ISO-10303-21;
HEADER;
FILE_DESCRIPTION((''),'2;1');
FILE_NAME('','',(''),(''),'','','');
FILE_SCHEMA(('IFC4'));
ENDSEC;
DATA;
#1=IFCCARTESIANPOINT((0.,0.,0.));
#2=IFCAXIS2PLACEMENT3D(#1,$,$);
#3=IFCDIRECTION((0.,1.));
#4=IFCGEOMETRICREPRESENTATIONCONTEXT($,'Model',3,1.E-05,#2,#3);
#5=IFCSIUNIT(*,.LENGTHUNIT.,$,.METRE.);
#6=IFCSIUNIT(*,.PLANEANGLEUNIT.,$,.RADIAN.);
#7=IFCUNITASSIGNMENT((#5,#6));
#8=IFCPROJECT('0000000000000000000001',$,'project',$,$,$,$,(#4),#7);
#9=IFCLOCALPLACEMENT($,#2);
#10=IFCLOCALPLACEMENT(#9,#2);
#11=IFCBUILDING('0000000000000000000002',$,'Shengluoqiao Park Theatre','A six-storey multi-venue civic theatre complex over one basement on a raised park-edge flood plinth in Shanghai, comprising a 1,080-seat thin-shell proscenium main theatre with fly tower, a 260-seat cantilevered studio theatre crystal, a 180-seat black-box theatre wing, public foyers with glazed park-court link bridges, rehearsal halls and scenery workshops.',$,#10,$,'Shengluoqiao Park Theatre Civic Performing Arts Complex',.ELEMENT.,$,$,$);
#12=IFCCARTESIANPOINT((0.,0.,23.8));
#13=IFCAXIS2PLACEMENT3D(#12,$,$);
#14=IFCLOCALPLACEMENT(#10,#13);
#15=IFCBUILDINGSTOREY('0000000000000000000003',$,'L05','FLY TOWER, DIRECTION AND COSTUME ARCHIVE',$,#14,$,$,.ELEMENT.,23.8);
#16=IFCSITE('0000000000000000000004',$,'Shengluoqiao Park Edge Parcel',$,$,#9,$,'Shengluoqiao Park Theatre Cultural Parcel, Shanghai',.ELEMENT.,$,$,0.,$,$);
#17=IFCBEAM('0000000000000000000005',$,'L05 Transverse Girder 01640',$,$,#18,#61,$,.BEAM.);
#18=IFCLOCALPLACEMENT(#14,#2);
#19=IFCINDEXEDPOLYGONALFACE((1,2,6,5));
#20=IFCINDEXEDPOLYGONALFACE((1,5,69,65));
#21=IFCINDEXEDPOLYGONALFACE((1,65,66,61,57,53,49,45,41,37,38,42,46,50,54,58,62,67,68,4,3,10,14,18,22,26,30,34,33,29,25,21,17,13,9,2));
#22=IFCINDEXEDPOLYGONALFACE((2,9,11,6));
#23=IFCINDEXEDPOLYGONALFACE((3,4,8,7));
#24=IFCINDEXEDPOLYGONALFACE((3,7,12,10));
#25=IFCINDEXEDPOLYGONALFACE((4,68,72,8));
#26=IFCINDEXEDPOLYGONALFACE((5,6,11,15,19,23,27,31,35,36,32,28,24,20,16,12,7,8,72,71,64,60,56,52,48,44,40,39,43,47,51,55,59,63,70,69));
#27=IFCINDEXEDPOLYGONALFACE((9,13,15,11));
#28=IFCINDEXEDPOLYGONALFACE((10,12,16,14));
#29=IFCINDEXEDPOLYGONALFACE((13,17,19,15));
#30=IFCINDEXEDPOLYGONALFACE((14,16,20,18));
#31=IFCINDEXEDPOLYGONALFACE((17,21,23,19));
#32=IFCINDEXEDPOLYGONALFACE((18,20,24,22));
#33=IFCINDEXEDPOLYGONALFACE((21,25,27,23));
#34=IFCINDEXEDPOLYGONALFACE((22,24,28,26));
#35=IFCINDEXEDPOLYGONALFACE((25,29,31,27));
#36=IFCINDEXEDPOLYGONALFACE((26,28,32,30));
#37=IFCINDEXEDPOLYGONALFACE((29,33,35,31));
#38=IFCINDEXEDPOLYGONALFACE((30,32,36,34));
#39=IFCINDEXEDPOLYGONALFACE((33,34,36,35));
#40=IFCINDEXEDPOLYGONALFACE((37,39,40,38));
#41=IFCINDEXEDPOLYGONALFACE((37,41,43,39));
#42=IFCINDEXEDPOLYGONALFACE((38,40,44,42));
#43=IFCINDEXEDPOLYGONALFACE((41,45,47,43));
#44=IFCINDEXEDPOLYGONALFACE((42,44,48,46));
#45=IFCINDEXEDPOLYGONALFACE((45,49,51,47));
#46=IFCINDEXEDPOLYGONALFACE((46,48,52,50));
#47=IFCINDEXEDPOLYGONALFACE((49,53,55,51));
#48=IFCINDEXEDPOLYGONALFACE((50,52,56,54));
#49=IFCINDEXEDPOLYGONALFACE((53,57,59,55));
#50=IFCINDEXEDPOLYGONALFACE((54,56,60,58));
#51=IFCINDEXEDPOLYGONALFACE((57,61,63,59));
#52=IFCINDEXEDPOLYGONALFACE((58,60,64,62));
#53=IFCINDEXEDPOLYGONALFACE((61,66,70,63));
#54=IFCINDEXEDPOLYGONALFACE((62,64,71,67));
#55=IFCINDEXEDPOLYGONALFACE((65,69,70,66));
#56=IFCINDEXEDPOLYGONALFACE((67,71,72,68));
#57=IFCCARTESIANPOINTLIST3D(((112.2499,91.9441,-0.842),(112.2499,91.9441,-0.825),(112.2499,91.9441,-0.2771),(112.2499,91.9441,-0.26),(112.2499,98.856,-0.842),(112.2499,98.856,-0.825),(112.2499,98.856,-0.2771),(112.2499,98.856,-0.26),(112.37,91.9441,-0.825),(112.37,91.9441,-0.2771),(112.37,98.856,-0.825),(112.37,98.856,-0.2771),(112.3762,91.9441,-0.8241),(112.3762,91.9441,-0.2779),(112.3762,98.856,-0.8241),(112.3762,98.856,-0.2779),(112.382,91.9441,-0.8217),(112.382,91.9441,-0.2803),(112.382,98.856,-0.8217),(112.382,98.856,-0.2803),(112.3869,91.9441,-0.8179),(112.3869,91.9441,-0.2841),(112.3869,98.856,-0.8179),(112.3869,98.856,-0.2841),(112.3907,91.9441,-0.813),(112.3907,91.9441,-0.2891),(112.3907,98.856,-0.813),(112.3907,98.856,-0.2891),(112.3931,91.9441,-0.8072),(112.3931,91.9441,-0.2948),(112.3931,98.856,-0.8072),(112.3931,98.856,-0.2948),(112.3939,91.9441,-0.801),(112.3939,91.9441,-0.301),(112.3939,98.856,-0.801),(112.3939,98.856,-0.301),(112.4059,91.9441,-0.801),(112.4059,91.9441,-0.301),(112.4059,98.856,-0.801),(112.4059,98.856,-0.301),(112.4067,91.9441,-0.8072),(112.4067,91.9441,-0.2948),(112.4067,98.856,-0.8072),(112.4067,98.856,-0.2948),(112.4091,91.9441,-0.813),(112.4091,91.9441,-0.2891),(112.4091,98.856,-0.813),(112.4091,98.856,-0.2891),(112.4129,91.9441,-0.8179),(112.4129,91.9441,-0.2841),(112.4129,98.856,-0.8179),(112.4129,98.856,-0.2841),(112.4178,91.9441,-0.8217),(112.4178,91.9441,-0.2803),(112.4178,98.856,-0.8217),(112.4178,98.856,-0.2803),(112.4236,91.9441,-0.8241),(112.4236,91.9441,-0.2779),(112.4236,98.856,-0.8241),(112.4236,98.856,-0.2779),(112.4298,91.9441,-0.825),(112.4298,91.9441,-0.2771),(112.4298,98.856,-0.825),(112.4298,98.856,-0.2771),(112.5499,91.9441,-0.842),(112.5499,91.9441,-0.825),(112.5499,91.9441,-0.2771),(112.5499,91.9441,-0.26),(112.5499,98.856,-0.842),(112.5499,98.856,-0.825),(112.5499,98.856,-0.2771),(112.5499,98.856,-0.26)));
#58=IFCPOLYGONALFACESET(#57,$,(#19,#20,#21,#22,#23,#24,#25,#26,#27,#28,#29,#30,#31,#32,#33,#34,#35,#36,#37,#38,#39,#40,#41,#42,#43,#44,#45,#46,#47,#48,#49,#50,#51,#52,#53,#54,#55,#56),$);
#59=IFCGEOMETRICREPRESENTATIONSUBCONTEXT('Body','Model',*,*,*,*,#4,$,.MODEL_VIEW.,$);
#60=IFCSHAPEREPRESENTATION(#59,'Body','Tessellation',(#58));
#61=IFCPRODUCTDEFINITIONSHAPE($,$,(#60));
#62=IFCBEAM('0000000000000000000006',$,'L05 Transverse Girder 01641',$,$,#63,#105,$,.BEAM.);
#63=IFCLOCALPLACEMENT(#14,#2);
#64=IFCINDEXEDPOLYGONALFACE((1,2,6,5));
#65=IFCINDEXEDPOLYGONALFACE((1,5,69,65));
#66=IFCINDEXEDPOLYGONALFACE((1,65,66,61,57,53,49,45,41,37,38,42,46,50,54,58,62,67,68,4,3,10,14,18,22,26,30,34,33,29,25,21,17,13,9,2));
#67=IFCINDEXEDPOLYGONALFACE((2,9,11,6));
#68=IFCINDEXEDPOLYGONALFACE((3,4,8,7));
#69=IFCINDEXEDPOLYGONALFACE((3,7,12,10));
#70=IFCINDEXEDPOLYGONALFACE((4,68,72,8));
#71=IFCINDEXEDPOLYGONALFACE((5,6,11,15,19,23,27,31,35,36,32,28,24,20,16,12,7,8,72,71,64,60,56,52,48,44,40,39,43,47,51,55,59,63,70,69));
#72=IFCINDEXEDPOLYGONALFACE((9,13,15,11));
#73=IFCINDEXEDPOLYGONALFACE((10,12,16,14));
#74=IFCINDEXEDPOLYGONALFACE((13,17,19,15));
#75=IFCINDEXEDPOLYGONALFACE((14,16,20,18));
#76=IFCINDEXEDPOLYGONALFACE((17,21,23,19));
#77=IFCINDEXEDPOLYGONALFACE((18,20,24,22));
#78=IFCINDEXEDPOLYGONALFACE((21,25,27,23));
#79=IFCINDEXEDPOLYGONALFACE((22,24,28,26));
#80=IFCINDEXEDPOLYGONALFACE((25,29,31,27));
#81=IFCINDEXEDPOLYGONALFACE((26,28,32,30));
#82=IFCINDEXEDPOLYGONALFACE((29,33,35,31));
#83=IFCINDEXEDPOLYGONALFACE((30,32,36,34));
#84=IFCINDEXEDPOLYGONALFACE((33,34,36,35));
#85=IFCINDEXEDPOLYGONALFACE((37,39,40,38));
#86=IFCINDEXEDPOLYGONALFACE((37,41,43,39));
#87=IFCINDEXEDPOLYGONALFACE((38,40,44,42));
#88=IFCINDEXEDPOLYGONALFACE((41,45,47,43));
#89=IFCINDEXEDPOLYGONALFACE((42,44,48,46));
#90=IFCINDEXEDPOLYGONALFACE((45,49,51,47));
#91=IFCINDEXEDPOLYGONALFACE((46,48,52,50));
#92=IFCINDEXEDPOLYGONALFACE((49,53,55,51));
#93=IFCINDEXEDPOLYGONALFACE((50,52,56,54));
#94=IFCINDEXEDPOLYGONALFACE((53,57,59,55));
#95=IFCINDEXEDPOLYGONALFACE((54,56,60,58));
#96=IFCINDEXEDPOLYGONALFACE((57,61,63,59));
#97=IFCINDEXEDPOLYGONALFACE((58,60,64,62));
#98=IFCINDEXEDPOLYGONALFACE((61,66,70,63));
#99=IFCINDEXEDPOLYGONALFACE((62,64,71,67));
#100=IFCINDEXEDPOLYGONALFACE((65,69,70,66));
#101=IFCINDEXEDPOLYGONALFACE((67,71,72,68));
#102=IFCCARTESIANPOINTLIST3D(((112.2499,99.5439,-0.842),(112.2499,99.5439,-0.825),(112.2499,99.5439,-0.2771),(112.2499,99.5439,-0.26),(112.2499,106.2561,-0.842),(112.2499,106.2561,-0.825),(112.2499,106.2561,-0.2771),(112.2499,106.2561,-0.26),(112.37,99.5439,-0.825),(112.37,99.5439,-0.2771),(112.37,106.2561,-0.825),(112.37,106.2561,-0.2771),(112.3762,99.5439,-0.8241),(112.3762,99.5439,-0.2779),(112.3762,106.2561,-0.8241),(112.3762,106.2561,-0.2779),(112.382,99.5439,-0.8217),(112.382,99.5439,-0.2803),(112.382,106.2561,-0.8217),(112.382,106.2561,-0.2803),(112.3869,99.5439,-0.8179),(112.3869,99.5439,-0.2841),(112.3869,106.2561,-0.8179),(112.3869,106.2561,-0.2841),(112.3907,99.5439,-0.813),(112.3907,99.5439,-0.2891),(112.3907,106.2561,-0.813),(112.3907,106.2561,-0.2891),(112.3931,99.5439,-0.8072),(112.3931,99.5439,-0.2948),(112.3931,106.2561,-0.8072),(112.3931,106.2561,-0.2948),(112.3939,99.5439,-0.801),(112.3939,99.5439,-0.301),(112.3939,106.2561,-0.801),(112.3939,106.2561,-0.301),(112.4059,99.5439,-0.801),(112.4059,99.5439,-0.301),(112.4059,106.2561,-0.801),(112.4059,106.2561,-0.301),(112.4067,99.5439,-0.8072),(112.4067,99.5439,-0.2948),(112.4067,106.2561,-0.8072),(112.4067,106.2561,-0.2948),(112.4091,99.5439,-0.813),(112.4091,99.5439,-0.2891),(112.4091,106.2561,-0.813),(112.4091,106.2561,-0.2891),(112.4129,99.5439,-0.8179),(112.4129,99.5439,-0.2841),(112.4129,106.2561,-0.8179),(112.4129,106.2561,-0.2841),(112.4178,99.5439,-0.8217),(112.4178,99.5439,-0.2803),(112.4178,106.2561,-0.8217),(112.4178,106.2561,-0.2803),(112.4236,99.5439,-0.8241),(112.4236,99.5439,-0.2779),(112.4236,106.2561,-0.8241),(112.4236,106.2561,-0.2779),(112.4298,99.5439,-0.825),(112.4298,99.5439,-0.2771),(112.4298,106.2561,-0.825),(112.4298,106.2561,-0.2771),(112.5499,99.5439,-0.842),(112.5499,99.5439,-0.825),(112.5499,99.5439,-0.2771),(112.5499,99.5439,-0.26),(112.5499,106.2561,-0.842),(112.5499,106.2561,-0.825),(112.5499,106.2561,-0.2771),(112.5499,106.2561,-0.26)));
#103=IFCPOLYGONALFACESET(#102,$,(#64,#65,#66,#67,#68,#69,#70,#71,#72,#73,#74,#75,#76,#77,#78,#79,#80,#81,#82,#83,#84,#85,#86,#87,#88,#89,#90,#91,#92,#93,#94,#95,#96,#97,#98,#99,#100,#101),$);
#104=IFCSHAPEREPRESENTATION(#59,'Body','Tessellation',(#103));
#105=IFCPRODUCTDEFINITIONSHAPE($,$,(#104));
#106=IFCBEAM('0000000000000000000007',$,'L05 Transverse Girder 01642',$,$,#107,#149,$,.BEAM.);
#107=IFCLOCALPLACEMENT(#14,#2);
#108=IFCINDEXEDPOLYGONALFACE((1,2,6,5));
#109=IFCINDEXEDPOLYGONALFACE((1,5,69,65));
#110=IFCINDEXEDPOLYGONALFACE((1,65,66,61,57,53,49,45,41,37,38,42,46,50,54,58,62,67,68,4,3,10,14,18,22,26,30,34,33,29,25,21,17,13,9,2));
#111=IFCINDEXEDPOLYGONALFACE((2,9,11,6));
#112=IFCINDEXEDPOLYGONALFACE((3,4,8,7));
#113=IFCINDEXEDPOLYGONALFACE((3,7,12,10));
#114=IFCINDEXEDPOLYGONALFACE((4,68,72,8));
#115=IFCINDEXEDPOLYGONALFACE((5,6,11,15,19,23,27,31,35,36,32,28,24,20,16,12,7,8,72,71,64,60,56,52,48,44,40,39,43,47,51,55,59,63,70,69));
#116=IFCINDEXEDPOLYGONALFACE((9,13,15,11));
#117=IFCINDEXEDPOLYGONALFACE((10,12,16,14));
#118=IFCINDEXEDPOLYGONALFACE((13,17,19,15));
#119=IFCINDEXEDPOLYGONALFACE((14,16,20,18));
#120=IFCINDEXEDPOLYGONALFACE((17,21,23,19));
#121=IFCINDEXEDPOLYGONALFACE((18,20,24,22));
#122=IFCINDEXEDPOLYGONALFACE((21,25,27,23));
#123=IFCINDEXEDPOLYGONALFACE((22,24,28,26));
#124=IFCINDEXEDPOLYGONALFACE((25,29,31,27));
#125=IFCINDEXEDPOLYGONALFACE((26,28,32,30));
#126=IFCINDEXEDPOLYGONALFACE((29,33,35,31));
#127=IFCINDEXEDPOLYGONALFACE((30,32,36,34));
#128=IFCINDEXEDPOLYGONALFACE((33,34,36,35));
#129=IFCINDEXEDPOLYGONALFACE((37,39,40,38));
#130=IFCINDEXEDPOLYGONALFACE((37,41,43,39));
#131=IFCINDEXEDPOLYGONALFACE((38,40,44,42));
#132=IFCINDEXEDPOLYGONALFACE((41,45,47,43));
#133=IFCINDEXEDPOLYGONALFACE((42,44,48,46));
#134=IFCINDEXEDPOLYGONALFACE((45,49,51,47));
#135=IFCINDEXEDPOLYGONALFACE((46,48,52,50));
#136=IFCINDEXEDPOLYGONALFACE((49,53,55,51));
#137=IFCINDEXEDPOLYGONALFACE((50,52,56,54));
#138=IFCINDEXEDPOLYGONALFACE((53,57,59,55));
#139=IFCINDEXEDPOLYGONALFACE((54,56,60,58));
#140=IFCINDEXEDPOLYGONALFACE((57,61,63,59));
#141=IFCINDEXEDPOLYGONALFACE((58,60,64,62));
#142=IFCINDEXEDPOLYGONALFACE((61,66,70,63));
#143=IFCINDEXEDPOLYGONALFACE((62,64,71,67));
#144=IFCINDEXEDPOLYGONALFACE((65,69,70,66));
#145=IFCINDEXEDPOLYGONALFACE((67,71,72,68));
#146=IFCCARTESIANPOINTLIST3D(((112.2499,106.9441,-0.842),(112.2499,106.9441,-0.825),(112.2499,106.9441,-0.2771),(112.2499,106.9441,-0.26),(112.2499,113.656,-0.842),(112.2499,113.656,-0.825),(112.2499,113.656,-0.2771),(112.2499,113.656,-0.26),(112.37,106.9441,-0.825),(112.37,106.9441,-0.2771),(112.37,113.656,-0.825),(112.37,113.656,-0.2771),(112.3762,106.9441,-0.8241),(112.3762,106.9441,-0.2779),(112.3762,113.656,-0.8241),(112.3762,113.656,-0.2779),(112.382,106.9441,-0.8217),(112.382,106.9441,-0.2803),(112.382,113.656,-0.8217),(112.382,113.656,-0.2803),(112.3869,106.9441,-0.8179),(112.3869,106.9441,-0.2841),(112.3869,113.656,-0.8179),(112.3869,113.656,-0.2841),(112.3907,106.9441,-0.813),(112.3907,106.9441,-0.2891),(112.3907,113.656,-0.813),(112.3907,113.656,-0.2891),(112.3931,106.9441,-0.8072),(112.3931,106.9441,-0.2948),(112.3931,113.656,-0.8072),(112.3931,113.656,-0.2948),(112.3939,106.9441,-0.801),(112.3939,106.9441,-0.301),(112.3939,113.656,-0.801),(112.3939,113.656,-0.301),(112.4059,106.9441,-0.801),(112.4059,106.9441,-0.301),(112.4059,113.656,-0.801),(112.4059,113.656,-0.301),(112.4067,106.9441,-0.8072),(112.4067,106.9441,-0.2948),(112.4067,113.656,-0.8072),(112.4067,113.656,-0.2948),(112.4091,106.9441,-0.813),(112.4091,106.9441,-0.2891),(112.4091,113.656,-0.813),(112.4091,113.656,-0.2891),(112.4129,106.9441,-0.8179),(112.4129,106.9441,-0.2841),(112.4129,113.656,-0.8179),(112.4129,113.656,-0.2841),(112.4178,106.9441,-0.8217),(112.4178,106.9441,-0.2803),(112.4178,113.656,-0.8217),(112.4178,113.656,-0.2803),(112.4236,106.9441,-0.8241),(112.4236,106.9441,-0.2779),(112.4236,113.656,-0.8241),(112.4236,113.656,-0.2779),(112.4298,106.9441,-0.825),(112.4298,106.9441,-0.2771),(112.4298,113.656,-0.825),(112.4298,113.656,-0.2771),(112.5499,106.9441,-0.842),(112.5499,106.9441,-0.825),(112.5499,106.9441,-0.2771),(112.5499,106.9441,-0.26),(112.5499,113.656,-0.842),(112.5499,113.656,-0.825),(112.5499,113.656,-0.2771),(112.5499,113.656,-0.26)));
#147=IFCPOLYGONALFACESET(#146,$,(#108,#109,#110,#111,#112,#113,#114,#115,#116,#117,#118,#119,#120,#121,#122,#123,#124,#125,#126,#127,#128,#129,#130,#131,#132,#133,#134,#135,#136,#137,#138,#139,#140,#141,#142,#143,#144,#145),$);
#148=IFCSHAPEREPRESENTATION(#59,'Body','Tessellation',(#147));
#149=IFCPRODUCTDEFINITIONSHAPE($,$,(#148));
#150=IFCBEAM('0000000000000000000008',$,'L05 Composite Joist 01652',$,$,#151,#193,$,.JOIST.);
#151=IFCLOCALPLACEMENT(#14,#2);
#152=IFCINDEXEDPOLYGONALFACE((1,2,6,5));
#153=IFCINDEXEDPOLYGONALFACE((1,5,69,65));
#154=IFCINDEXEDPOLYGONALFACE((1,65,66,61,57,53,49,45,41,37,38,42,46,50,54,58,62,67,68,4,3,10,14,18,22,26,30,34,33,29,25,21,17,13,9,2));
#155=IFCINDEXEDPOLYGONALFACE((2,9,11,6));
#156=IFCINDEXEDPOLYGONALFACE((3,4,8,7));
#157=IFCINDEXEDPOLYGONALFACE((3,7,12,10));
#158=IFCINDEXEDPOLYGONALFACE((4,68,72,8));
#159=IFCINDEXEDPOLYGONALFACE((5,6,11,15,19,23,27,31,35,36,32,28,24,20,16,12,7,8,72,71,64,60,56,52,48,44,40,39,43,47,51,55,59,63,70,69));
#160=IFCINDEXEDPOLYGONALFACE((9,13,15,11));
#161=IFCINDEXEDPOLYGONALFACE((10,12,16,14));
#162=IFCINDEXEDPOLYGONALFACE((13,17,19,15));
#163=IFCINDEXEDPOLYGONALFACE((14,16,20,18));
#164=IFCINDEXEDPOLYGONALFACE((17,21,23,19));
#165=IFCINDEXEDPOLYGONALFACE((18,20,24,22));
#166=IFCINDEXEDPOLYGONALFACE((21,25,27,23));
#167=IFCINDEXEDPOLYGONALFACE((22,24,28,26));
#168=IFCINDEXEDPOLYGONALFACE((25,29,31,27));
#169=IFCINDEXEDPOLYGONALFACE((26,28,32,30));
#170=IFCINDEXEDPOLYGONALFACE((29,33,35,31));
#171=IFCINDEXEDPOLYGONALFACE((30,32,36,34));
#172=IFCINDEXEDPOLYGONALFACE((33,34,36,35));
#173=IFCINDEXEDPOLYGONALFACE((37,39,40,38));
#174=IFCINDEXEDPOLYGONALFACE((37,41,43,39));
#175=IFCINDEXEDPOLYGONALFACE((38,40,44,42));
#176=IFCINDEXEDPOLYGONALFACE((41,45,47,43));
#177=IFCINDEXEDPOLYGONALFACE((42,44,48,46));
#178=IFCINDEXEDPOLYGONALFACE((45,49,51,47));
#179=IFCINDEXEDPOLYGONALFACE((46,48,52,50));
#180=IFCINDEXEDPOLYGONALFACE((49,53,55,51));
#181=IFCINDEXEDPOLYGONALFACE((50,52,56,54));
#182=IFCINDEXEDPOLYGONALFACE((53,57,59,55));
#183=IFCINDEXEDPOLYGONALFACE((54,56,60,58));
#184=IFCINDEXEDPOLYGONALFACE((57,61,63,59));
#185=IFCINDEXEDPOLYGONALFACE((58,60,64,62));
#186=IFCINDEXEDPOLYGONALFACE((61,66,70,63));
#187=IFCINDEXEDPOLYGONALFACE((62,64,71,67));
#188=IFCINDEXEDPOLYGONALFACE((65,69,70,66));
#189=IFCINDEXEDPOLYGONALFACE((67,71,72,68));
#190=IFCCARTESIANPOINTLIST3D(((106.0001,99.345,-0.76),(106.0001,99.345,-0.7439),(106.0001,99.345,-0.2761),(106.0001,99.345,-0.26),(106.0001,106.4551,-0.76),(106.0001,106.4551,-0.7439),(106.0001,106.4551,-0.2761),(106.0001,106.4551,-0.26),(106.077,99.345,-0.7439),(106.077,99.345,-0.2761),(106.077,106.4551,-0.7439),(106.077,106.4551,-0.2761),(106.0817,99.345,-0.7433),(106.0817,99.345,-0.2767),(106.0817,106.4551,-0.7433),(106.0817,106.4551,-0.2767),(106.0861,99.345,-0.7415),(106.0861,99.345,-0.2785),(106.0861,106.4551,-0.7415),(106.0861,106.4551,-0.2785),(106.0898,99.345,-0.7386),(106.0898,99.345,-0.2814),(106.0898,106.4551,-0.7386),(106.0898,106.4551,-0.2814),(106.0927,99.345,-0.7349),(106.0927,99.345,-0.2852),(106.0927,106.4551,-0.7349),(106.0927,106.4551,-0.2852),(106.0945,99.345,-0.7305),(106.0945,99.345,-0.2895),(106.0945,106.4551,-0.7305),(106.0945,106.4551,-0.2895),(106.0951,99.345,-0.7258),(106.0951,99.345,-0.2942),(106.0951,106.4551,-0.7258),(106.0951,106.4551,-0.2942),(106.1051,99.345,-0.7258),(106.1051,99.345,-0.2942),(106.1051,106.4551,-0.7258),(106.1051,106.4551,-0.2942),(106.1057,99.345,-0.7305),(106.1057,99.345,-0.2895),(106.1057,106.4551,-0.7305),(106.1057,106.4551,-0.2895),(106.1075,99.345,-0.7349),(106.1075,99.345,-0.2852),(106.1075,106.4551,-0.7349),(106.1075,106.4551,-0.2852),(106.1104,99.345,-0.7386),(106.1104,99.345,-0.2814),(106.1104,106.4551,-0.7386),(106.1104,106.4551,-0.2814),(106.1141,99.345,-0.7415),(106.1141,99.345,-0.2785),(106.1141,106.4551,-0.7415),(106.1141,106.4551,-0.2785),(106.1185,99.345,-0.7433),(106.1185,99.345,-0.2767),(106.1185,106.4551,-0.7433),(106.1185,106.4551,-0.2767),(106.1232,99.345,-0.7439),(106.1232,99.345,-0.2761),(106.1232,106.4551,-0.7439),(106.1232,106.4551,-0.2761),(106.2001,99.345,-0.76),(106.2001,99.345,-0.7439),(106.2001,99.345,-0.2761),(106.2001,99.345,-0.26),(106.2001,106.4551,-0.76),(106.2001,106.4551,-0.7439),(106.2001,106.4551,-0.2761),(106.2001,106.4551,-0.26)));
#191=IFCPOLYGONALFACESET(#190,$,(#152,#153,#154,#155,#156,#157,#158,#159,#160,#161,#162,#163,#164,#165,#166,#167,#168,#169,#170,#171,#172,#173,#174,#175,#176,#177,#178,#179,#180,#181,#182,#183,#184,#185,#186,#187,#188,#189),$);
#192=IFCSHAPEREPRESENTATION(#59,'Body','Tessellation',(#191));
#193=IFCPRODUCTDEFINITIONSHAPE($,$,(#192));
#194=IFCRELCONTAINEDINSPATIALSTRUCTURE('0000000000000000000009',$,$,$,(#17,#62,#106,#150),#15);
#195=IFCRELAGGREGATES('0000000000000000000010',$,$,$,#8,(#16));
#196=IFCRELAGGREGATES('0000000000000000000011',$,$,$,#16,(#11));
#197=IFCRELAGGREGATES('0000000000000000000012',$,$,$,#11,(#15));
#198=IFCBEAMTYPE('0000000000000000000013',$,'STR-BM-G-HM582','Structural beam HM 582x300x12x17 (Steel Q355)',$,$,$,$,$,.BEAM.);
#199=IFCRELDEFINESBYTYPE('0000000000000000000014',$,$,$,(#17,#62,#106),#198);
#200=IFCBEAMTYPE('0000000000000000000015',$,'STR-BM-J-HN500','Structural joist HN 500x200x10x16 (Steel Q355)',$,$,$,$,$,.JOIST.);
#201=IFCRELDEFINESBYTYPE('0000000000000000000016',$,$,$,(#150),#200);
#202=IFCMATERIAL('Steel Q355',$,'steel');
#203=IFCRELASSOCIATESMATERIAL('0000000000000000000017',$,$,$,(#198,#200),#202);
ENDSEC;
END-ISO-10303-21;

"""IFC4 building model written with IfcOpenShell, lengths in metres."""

from ifc_helpers import new_model, si_unit, direction, frame, origin, origin_2d, place, context, subcontext, project, spatial, i_section, extrude, material, material_profile, profile_set, type_object, element, save


model = new_model("IFC4")

# Units and contexts
model_context = context("Model", 3, precision=1e-05, world=origin(), true_north=direction((0.0, 1.0)))
body_context = subcontext(model_context, "Body", "Model", "MODEL_VIEW")
ifc_project = project(units=[si_unit("LENGTHUNIT", "METRE"), si_unit("PLANEANGLEUNIT", "RADIAN")], contexts=[model_context])

# Site, building, storey
site_placement = place(None, origin())
site = spatial("IfcSite", under=ifc_project, at=site_placement, Name="Shengluoqiao Park Edge Parcel", LongName="Shengluoqiao Park Theatre Cultural Parcel, Shanghai", CompositionType="ELEMENT", RefElevation=0.0)
building_placement = place(site_placement, origin())
building = spatial("IfcBuilding", under=site, at=building_placement, Name="Shengluoqiao Park Theatre", Description="A six-storey multi-venue civic theatre complex over one basement on a raised park-edge flood plinth in Shanghai, comprising a 1,080-seat thin-shell proscenium main theatre with fly tower, a 260-seat cantilevered studio theatre crystal, a 180-seat black-box theatre wing, public foyers with glazed park-court link bridges, rehearsal halls and scenery workshops.", LongName="Shengluoqiao Park Theatre Civic Performing Arts Complex", CompositionType="ELEMENT")
storey_placement = place(building_placement, frame((0.0, 0.0, 23.8)))
storey = spatial("IfcBuildingStorey", under=building, at=storey_placement, Name="L05", Description="FLY TOWER, DIRECTION AND COSTUME ARCHIVE", CompositionType="ELEMENT", Elevation=23.8)

# Beams
ifc_material_1 = material(Name="Steel Q355", Category="steel")
ifc_material_profile_1 = material_profile(ifc_material_1, i_section(OverallWidth=0.3, OverallDepth=0.582, WebThickness=0.012, FlangeThickness=0.0171, FilletRadius=0.0239, at=origin_2d()), Name="HM 582x300x12x17")
ifc_profile_set_1 = profile_set([ifc_material_profile_1], Name="Steel Q355")
beam_type_1 = type_object("IfcBeamType", Name="STR-BM-G-HM582", Description="Structural beam HM 582x300x12x17 (Steel Q355)", PredefinedType="BEAM", material=ifc_profile_set_1)
beam_1_placement = place(storey_placement, frame((112.3999, 91.9441, -0.551), z_axis=(0.0, 1.0, 0.0), x_axis=(-1.0, 0.0, 0.0)))
element("IfcBeam", 1, at=beam_1_placement, inside=storey, type_object=beam_type_1, Name="L05 Transverse Girder 01640", PredefinedType="BEAM", context=body_context, shape_type="SweptSolid", body=[
    extrude(i_section(OverallWidth=0.3, OverallDepth=0.582, WebThickness=0.012, FlangeThickness=0.0171, FilletRadius=0.0239, at=origin_2d()), origin(), (0.0, 0.0, 1.0), 6.9119),
])
beam_2_placement = place(storey_placement, frame((112.3999, 99.5439, -0.551), z_axis=(0.0, 1.0, 0.0), x_axis=(-1.0, 0.0, 0.0)))
element("IfcBeam", 2, at=beam_2_placement, inside=storey, type_object=beam_type_1, Name="L05 Transverse Girder 01641", PredefinedType="BEAM", context=body_context, shape_type="SweptSolid", body=[
    extrude(i_section(OverallWidth=0.3, OverallDepth=0.582, WebThickness=0.012, FlangeThickness=0.0171, FilletRadius=0.0239, at=origin_2d()), origin(), (0.0, 0.0, 1.0), 6.7122),
])
beam_3_placement = place(storey_placement, frame((112.3999, 106.9441, -0.551), z_axis=(0.0, 1.0, 0.0), x_axis=(-1.0, 0.0, 0.0)))
element("IfcBeam", 3, at=beam_3_placement, inside=storey, type_object=beam_type_1, Name="L05 Transverse Girder 01642", PredefinedType="BEAM", context=body_context, shape_type="SweptSolid", body=[
    extrude(i_section(OverallWidth=0.3, OverallDepth=0.582, WebThickness=0.012, FlangeThickness=0.0171, FilletRadius=0.0239, at=origin_2d()), origin(), (0.0, 0.0, 1.0), 6.7119),
])
ifc_material_profile_2 = material_profile(ifc_material_1, i_section(OverallWidth=0.2, OverallDepth=0.5, WebThickness=0.01, FlangeThickness=0.0161, FilletRadius=0.0181, at=origin_2d()), Name="HN 500x200x10x16")
ifc_profile_set_2 = profile_set([ifc_material_profile_2], Name="Steel Q355")
beam_type_2 = type_object("IfcBeamType", Name="STR-BM-J-HN500", Description="Structural joist HN 500x200x10x16 (Steel Q355)", PredefinedType="JOIST", material=ifc_profile_set_2)
for number, where, z_axis, x_axis, name in (
    (4, (106.1001, 99.345, -0.51), (0.0, 1.0, 0.0), (-1.0, 0.0, 0.0), "L05 Composite Joist 01652"),
):
    element("IfcBeam", number, at=place(storey_placement, frame(where, z_axis=z_axis, x_axis=x_axis)), inside=storey, type_object=beam_type_2, Name=name, PredefinedType="JOIST", context=body_context, shape_type="SweptSolid", body=[
        extrude(i_section(OverallWidth=0.2, OverallDepth=0.5, WebThickness=0.01, FlangeThickness=0.0161, FilletRadius=0.0181, at=origin_2d()), origin(), (0.0, 0.0, 1.0), 7.1101),
    ])

save(model, "model.ifc")
